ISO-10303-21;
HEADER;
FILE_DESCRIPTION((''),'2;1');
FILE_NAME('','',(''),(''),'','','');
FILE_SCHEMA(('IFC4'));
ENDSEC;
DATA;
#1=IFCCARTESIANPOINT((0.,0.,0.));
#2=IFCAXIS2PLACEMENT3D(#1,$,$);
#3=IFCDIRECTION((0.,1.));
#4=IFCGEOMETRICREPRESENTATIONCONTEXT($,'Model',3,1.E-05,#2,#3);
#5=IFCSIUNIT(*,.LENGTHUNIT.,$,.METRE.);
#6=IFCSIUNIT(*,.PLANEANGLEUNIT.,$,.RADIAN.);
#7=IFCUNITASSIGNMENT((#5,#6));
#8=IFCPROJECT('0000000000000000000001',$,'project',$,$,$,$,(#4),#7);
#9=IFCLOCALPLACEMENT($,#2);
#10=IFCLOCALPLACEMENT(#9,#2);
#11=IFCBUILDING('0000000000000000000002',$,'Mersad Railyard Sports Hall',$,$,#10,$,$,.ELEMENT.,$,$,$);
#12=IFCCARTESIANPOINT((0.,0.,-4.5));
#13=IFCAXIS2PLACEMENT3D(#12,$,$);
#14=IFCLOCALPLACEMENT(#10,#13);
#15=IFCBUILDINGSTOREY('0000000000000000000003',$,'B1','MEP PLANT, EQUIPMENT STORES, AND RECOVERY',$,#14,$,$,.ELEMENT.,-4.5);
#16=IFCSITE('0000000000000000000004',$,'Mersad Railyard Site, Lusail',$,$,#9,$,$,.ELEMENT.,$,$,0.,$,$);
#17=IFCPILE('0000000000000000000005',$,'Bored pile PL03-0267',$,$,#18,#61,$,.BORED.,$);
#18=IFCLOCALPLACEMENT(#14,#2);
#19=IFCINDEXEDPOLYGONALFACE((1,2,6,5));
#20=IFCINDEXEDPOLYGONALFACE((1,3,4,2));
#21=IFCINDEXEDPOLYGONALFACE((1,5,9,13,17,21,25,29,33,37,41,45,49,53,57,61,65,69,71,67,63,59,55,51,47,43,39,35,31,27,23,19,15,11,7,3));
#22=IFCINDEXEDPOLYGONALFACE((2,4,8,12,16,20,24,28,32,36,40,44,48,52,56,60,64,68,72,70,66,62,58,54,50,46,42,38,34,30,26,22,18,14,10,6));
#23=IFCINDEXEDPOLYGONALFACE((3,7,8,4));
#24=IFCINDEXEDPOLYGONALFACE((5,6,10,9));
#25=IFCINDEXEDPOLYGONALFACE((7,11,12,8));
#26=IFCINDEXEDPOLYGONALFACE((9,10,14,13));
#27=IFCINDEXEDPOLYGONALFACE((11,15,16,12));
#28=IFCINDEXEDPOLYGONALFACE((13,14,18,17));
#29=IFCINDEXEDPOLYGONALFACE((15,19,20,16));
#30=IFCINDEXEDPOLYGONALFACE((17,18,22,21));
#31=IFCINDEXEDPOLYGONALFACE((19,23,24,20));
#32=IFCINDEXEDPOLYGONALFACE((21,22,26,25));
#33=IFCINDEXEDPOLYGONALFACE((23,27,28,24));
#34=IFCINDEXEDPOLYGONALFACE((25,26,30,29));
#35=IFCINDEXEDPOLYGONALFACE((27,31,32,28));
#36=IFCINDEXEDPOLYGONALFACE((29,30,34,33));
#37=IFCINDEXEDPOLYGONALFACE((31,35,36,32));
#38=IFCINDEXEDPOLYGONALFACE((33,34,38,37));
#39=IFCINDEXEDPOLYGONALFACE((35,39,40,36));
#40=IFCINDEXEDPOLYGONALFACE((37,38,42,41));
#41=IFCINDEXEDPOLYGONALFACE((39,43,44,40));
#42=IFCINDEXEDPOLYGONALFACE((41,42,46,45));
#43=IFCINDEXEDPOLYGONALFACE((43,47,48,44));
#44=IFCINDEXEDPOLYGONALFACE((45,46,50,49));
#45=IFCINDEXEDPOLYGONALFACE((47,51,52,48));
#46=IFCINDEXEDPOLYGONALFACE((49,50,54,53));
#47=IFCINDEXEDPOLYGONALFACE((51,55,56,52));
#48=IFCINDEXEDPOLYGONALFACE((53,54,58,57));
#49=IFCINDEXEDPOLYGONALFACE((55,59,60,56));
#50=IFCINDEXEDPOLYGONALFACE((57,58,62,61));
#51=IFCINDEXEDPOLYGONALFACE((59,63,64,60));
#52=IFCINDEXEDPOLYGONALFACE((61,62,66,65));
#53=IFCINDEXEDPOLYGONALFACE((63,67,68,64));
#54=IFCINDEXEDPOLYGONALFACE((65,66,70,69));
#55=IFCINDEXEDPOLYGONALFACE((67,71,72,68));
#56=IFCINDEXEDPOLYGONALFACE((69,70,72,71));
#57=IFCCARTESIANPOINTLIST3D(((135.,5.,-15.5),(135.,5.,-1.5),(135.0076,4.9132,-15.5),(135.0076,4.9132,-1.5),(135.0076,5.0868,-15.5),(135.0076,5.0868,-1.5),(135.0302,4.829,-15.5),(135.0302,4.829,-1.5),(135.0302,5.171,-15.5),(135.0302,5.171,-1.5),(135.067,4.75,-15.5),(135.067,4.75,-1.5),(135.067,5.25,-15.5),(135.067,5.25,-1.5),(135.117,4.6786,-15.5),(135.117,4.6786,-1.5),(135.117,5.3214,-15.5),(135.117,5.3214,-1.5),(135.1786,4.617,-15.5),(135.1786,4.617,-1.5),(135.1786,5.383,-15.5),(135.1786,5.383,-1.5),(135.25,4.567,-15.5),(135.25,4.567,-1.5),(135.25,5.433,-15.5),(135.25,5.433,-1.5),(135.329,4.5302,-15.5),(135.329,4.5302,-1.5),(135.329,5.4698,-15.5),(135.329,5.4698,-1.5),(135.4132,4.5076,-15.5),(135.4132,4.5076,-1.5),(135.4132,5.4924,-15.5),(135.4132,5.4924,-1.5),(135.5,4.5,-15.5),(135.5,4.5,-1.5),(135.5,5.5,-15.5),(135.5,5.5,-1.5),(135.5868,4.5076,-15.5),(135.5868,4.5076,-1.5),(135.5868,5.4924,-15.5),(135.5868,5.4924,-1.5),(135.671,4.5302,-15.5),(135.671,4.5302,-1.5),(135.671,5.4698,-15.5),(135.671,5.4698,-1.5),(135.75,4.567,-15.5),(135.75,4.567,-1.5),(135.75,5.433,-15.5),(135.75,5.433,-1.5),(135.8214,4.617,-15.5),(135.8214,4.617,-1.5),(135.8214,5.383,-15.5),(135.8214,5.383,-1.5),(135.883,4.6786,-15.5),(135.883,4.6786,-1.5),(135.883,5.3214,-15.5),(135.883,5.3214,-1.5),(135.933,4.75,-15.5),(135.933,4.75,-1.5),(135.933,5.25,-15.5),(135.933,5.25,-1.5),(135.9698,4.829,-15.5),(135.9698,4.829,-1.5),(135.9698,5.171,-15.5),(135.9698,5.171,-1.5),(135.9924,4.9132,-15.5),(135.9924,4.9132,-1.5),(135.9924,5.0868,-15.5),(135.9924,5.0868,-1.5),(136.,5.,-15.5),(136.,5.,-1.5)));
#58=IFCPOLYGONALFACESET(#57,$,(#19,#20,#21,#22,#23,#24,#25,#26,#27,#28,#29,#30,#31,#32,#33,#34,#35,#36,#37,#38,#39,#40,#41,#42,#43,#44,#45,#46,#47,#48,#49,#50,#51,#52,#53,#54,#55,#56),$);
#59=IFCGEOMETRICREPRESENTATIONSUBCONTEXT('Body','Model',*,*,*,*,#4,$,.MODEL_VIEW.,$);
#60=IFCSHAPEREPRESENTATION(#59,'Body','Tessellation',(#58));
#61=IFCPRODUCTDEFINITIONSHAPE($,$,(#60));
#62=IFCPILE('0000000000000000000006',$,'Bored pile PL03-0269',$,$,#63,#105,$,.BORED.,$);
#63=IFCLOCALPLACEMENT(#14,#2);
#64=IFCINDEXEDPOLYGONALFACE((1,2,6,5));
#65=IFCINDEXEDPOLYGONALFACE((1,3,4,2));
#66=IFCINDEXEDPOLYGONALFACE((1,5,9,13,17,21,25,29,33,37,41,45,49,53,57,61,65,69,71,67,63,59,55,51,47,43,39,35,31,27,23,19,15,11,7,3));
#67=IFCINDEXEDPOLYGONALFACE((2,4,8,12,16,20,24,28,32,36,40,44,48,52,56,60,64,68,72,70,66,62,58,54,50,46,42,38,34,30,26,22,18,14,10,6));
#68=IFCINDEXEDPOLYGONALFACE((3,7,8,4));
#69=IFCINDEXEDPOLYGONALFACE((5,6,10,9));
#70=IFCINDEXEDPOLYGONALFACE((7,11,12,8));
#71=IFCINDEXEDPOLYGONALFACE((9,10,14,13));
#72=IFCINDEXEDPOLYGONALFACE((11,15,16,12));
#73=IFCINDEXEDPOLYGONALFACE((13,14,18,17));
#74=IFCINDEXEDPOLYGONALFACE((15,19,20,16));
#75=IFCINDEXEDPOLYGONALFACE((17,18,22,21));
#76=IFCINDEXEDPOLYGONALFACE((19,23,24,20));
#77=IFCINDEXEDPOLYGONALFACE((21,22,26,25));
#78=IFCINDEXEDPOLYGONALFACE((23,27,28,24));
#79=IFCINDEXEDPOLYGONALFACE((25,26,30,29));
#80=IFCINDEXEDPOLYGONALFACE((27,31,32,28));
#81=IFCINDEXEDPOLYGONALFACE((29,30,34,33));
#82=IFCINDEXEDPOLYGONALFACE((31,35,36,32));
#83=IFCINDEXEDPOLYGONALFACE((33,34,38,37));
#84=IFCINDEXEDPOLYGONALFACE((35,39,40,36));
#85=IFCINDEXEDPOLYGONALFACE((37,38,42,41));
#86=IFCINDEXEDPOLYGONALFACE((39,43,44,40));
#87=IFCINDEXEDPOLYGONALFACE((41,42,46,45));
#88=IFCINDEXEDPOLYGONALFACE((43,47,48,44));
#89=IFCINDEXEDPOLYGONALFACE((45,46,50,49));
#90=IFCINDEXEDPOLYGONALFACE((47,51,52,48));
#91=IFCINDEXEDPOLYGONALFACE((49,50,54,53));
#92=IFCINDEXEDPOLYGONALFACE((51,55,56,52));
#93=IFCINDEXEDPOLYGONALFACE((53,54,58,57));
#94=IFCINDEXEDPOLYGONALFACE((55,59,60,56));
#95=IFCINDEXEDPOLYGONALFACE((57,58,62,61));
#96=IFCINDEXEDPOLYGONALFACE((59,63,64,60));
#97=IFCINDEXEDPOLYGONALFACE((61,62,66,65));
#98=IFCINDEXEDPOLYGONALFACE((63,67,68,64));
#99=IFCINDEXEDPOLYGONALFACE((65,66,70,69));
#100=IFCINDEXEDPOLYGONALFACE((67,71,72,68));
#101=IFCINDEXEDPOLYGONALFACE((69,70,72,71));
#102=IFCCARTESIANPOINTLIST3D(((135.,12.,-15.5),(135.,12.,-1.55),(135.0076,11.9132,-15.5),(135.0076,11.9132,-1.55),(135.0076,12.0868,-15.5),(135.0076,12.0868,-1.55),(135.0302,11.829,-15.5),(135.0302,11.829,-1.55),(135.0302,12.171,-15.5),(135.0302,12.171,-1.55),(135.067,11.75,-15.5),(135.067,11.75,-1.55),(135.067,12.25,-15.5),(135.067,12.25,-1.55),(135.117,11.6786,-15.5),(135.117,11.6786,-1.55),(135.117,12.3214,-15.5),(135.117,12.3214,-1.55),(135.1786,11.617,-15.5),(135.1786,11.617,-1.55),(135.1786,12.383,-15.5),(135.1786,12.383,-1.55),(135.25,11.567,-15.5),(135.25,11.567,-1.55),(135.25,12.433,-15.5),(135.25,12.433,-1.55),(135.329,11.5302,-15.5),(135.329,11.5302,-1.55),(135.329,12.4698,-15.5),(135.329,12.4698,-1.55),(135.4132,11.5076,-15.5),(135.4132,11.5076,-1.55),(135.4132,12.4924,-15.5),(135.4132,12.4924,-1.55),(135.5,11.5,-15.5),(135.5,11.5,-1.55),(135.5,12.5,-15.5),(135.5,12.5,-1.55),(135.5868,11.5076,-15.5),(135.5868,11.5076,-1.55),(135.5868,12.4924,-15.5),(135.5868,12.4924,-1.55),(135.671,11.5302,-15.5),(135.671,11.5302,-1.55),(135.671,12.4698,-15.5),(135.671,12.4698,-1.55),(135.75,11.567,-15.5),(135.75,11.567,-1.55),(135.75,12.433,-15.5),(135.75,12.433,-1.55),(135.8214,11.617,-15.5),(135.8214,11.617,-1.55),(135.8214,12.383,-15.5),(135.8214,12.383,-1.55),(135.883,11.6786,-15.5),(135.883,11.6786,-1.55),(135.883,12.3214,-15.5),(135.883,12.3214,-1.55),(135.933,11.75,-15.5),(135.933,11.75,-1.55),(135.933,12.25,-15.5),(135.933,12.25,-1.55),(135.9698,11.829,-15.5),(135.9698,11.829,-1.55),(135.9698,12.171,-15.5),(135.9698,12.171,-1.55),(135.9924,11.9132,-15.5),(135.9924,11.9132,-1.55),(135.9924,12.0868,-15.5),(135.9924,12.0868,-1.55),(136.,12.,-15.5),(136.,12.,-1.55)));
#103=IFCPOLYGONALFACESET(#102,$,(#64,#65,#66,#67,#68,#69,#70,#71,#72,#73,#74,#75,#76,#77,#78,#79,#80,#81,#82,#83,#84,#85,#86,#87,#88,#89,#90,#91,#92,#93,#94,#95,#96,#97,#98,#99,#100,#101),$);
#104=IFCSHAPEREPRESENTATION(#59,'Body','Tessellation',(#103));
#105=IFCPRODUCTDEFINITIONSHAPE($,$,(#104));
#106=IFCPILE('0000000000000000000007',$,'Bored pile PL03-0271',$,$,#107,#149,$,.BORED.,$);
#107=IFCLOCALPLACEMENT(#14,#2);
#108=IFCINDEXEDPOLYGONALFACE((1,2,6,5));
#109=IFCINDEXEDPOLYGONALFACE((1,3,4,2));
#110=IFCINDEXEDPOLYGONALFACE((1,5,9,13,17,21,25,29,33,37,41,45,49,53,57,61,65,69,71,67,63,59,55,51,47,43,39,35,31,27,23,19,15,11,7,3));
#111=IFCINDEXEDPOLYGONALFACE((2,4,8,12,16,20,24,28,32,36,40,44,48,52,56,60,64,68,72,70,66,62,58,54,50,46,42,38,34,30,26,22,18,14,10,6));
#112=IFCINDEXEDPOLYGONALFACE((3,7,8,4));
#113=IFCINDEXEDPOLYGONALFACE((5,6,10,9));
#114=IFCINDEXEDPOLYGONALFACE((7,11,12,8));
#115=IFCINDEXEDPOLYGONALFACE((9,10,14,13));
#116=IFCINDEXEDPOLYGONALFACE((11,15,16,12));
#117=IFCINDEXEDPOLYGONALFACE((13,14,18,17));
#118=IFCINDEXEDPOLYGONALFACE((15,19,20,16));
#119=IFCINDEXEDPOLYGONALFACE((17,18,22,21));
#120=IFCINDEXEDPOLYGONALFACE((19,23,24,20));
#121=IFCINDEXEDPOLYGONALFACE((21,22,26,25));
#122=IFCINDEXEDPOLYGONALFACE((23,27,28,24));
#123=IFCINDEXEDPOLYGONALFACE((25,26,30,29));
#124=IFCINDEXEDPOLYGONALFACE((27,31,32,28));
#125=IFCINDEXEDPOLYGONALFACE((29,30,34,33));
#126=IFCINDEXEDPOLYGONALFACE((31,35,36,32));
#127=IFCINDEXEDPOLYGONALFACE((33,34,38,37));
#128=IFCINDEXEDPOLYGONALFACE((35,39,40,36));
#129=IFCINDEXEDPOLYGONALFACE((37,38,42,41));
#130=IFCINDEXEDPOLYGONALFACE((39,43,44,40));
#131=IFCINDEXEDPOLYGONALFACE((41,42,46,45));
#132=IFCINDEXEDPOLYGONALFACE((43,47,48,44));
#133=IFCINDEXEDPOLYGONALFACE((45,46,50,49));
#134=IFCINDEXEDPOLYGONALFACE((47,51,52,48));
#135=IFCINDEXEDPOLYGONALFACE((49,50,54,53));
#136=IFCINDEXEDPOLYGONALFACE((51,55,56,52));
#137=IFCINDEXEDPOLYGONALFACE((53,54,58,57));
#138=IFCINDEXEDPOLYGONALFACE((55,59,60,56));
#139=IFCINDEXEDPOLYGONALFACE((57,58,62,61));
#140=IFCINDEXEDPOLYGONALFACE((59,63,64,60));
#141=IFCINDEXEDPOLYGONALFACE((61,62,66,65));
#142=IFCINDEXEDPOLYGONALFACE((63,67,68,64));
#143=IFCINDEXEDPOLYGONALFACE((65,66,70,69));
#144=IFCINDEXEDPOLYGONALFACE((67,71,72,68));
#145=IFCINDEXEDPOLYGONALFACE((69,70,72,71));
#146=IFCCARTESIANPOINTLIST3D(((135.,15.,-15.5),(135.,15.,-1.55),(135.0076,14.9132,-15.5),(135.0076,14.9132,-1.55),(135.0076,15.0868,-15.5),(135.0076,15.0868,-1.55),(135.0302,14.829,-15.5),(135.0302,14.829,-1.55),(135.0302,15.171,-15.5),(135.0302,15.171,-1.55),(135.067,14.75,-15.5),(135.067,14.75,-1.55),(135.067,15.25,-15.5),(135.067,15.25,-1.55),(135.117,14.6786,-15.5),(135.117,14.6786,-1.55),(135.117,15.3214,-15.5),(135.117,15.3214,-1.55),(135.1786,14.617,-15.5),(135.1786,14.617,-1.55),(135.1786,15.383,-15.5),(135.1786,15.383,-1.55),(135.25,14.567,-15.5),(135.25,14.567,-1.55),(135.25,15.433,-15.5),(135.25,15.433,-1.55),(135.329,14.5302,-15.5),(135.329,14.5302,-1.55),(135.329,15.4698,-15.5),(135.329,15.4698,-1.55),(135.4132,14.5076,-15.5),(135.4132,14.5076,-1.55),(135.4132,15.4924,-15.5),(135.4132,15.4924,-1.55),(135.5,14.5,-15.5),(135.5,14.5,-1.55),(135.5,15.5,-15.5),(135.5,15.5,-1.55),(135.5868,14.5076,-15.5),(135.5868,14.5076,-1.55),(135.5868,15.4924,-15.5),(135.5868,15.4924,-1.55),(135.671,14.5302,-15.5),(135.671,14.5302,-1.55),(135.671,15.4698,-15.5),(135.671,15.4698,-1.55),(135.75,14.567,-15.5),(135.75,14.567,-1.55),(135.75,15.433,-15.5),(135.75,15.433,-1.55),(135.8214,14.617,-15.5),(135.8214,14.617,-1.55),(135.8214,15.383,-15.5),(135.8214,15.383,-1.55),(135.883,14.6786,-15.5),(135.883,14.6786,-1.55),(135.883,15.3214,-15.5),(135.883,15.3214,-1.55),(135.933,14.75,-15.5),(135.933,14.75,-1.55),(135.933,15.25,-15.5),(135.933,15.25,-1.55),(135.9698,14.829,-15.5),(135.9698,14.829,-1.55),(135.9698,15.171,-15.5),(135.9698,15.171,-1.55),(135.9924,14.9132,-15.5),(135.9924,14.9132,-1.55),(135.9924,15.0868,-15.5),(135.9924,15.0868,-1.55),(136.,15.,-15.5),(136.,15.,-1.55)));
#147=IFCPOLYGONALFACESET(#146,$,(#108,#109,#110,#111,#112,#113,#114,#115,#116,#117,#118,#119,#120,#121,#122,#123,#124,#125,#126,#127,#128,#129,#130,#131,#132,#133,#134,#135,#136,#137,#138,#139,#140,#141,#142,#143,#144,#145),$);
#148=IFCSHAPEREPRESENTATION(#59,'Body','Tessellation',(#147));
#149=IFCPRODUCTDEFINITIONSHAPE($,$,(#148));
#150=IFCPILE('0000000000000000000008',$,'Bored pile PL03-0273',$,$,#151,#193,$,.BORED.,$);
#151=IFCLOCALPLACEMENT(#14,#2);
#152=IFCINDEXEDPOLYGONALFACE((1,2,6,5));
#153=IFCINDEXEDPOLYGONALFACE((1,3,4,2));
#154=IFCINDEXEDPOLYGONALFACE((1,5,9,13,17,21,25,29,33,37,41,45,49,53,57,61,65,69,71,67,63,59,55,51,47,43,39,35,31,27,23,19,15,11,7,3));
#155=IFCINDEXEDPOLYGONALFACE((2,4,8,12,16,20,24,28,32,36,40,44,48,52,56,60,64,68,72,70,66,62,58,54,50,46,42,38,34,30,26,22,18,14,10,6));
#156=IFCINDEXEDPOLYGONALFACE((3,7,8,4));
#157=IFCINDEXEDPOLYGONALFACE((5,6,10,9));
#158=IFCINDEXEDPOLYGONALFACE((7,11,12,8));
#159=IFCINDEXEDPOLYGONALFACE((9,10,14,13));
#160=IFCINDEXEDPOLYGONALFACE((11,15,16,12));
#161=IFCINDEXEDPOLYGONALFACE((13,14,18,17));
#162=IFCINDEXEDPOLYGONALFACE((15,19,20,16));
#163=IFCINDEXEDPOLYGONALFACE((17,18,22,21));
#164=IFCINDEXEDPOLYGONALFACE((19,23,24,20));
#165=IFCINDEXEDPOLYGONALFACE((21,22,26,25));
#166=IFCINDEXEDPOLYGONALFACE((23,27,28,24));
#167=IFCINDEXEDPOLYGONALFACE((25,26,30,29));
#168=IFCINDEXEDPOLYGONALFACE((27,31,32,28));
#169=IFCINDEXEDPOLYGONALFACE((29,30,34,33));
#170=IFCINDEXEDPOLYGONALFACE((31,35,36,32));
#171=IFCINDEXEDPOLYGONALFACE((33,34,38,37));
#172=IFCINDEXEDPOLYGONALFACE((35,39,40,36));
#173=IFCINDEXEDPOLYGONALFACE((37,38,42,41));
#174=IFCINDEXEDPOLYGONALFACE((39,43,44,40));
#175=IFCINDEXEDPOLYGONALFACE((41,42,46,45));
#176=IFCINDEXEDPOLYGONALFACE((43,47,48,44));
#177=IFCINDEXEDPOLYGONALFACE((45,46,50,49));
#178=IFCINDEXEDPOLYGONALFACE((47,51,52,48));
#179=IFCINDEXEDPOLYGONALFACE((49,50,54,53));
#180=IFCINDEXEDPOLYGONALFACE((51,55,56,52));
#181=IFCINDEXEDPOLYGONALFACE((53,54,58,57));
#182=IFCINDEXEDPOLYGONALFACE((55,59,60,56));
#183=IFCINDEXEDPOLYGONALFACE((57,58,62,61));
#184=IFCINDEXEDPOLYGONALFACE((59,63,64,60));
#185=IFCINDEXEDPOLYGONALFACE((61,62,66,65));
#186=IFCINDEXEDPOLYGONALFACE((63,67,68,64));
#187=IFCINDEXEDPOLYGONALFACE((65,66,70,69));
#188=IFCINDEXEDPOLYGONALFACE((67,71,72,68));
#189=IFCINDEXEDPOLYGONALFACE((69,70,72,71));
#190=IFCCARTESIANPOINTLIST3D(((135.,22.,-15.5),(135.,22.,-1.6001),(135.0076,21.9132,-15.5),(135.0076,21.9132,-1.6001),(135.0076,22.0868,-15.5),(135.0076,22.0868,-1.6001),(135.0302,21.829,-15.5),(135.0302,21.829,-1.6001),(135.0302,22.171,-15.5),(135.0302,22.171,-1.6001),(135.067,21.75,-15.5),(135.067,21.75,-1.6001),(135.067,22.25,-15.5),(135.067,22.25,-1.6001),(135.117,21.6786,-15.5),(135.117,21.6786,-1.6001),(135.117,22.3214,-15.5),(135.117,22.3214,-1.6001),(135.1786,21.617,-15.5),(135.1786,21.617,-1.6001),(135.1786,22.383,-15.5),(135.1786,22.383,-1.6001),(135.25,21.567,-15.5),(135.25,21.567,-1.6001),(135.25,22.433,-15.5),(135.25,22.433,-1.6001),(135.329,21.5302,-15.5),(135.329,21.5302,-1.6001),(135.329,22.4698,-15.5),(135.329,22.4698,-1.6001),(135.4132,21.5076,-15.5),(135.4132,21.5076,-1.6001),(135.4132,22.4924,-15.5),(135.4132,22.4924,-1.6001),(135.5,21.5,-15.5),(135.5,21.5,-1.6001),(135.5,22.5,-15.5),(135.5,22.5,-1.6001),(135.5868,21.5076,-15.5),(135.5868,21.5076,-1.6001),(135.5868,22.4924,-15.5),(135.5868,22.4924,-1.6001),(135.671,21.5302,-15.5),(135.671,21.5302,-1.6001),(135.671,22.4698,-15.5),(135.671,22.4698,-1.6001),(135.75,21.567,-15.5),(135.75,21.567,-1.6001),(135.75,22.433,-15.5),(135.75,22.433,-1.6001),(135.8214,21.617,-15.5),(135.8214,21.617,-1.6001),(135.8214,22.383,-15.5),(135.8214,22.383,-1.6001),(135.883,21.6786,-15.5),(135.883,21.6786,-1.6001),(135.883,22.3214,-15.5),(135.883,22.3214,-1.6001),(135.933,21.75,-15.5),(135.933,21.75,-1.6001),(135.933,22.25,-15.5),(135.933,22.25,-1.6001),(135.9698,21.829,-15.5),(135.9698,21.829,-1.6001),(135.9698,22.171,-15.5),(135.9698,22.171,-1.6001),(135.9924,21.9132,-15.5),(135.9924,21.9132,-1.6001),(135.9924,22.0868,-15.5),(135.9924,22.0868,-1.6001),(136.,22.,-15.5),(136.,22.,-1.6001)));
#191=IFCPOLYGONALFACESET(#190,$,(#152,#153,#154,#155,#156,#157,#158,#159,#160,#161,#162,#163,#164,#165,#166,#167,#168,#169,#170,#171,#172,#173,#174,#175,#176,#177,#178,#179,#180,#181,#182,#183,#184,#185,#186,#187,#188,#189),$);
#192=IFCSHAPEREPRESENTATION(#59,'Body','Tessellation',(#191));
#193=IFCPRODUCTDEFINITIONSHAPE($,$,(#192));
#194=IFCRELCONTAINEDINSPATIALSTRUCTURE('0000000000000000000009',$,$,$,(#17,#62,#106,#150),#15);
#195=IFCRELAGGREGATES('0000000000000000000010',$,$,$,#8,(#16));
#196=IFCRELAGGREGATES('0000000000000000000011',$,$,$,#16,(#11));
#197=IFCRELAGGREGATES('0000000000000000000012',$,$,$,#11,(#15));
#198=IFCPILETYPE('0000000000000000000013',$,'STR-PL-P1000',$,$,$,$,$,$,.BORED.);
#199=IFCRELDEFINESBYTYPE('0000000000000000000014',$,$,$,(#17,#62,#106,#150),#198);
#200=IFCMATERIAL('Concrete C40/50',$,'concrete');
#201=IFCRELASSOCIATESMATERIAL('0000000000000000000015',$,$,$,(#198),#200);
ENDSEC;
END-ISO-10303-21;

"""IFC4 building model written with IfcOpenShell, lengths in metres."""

from ifc_helpers import new_model, si_unit, direction, frame, origin, origin_2d, place, context, subcontext, project, spatial, circle, extrude, material, material_profile, profile_set, type_object, element, save


model = new_model("IFC4")

# Units and contexts
model_context = context("Model", 3, precision=1e-05, world=origin(), true_north=direction((0.0, 1.0)))
body_context = subcontext(model_context, "Body", "Model", "MODEL_VIEW")
ifc_project = project(units=[si_unit("LENGTHUNIT", "METRE"), si_unit("PLANEANGLEUNIT", "RADIAN")], contexts=[model_context])

# Site, building, storey
site_placement = place(None, origin())
site = spatial("IfcSite", under=ifc_project, at=site_placement, Name="Mersad Railyard Site, Lusail", CompositionType="ELEMENT", RefElevation=0.0)
building_placement = place(site_placement, origin())
building = spatial("IfcBuilding", under=site, at=building_placement, Name="Mersad Railyard Sports Hall", CompositionType="ELEMENT")
storey_placement = place(building_placement, frame((0.0, 0.0, -4.5)))
storey = spatial("IfcBuildingStorey", under=building, at=storey_placement, Name="B1", Description="MEP PLANT, EQUIPMENT STORES, AND RECOVERY", CompositionType="ELEMENT", Elevation=-4.5)

# Shared definitions
ifc_material_1 = material(Name="Concrete C40/50", Category="concrete")

# Piles
ifc_material_profile_1 = material_profile(ifc_material_1, circle(Radius=0.5, at=origin_2d()), Name="BORED PILE D1000")
ifc_profile_set_1 = profile_set([ifc_material_profile_1], Name="Concrete C40/50")
pile_type_1 = type_object("IfcPileType", Name="STR-PL-P1000", PredefinedType="BORED", material=ifc_profile_set_1)
for number, where, z_axis, x_axis, name in (
    (1, (135.5, 5.0, -1.5), (0.0, 0.0, -1.0), (1.0, 0.0, 0.0), "Bored pile PL03-0267"),
):
    element("IfcPile", number, at=place(storey_placement, frame(where, z_axis=z_axis, x_axis=x_axis)), inside=storey, type_object=pile_type_1, Name=name, PredefinedType="BORED", context=body_context, shape_type="SweptSolid", body=[
        extrude(circle(Radius=0.5, at=origin_2d()), origin(), (0.0, 0.0, 1.0), 14.0),
    ])
for number, where, z_axis, x_axis, name in (
    (2, (135.5, 12.0, -1.55), (0.0, 0.0, -1.0), (1.0, 0.0, 0.0), "Bored pile PL03-0269"),
    (3, (135.5, 15.0, -1.55), (0.0, 0.0, -1.0), (1.0, 0.0, 0.0), "Bored pile PL03-0271"),
):
    element("IfcPile", number, at=place(storey_placement, frame(where, z_axis=z_axis, x_axis=x_axis)), inside=storey, type_object=pile_type_1, Name=name, PredefinedType="BORED", context=body_context, shape_type="SweptSolid", body=[
        extrude(circle(Radius=0.5, at=origin_2d()), origin(), (0.0, 0.0, 1.0), 13.95),
    ])
pile_placement = place(storey_placement, frame((135.5, 22.0, -1.6001), z_axis=(0.0, 0.0, -1.0), x_axis=(1.0, 0.0, 0.0)))
element("IfcPile", 4, at=pile_placement, inside=storey, type_object=pile_type_1, Name="Bored pile PL03-0273", PredefinedType="BORED", context=body_context, shape_type="SweptSolid", body=[
    extrude(circle(Radius=0.5, at=origin_2d()), origin(), (0.0, 0.0, 1.0), 13.8999),
])

save(model, "model.ifc")
